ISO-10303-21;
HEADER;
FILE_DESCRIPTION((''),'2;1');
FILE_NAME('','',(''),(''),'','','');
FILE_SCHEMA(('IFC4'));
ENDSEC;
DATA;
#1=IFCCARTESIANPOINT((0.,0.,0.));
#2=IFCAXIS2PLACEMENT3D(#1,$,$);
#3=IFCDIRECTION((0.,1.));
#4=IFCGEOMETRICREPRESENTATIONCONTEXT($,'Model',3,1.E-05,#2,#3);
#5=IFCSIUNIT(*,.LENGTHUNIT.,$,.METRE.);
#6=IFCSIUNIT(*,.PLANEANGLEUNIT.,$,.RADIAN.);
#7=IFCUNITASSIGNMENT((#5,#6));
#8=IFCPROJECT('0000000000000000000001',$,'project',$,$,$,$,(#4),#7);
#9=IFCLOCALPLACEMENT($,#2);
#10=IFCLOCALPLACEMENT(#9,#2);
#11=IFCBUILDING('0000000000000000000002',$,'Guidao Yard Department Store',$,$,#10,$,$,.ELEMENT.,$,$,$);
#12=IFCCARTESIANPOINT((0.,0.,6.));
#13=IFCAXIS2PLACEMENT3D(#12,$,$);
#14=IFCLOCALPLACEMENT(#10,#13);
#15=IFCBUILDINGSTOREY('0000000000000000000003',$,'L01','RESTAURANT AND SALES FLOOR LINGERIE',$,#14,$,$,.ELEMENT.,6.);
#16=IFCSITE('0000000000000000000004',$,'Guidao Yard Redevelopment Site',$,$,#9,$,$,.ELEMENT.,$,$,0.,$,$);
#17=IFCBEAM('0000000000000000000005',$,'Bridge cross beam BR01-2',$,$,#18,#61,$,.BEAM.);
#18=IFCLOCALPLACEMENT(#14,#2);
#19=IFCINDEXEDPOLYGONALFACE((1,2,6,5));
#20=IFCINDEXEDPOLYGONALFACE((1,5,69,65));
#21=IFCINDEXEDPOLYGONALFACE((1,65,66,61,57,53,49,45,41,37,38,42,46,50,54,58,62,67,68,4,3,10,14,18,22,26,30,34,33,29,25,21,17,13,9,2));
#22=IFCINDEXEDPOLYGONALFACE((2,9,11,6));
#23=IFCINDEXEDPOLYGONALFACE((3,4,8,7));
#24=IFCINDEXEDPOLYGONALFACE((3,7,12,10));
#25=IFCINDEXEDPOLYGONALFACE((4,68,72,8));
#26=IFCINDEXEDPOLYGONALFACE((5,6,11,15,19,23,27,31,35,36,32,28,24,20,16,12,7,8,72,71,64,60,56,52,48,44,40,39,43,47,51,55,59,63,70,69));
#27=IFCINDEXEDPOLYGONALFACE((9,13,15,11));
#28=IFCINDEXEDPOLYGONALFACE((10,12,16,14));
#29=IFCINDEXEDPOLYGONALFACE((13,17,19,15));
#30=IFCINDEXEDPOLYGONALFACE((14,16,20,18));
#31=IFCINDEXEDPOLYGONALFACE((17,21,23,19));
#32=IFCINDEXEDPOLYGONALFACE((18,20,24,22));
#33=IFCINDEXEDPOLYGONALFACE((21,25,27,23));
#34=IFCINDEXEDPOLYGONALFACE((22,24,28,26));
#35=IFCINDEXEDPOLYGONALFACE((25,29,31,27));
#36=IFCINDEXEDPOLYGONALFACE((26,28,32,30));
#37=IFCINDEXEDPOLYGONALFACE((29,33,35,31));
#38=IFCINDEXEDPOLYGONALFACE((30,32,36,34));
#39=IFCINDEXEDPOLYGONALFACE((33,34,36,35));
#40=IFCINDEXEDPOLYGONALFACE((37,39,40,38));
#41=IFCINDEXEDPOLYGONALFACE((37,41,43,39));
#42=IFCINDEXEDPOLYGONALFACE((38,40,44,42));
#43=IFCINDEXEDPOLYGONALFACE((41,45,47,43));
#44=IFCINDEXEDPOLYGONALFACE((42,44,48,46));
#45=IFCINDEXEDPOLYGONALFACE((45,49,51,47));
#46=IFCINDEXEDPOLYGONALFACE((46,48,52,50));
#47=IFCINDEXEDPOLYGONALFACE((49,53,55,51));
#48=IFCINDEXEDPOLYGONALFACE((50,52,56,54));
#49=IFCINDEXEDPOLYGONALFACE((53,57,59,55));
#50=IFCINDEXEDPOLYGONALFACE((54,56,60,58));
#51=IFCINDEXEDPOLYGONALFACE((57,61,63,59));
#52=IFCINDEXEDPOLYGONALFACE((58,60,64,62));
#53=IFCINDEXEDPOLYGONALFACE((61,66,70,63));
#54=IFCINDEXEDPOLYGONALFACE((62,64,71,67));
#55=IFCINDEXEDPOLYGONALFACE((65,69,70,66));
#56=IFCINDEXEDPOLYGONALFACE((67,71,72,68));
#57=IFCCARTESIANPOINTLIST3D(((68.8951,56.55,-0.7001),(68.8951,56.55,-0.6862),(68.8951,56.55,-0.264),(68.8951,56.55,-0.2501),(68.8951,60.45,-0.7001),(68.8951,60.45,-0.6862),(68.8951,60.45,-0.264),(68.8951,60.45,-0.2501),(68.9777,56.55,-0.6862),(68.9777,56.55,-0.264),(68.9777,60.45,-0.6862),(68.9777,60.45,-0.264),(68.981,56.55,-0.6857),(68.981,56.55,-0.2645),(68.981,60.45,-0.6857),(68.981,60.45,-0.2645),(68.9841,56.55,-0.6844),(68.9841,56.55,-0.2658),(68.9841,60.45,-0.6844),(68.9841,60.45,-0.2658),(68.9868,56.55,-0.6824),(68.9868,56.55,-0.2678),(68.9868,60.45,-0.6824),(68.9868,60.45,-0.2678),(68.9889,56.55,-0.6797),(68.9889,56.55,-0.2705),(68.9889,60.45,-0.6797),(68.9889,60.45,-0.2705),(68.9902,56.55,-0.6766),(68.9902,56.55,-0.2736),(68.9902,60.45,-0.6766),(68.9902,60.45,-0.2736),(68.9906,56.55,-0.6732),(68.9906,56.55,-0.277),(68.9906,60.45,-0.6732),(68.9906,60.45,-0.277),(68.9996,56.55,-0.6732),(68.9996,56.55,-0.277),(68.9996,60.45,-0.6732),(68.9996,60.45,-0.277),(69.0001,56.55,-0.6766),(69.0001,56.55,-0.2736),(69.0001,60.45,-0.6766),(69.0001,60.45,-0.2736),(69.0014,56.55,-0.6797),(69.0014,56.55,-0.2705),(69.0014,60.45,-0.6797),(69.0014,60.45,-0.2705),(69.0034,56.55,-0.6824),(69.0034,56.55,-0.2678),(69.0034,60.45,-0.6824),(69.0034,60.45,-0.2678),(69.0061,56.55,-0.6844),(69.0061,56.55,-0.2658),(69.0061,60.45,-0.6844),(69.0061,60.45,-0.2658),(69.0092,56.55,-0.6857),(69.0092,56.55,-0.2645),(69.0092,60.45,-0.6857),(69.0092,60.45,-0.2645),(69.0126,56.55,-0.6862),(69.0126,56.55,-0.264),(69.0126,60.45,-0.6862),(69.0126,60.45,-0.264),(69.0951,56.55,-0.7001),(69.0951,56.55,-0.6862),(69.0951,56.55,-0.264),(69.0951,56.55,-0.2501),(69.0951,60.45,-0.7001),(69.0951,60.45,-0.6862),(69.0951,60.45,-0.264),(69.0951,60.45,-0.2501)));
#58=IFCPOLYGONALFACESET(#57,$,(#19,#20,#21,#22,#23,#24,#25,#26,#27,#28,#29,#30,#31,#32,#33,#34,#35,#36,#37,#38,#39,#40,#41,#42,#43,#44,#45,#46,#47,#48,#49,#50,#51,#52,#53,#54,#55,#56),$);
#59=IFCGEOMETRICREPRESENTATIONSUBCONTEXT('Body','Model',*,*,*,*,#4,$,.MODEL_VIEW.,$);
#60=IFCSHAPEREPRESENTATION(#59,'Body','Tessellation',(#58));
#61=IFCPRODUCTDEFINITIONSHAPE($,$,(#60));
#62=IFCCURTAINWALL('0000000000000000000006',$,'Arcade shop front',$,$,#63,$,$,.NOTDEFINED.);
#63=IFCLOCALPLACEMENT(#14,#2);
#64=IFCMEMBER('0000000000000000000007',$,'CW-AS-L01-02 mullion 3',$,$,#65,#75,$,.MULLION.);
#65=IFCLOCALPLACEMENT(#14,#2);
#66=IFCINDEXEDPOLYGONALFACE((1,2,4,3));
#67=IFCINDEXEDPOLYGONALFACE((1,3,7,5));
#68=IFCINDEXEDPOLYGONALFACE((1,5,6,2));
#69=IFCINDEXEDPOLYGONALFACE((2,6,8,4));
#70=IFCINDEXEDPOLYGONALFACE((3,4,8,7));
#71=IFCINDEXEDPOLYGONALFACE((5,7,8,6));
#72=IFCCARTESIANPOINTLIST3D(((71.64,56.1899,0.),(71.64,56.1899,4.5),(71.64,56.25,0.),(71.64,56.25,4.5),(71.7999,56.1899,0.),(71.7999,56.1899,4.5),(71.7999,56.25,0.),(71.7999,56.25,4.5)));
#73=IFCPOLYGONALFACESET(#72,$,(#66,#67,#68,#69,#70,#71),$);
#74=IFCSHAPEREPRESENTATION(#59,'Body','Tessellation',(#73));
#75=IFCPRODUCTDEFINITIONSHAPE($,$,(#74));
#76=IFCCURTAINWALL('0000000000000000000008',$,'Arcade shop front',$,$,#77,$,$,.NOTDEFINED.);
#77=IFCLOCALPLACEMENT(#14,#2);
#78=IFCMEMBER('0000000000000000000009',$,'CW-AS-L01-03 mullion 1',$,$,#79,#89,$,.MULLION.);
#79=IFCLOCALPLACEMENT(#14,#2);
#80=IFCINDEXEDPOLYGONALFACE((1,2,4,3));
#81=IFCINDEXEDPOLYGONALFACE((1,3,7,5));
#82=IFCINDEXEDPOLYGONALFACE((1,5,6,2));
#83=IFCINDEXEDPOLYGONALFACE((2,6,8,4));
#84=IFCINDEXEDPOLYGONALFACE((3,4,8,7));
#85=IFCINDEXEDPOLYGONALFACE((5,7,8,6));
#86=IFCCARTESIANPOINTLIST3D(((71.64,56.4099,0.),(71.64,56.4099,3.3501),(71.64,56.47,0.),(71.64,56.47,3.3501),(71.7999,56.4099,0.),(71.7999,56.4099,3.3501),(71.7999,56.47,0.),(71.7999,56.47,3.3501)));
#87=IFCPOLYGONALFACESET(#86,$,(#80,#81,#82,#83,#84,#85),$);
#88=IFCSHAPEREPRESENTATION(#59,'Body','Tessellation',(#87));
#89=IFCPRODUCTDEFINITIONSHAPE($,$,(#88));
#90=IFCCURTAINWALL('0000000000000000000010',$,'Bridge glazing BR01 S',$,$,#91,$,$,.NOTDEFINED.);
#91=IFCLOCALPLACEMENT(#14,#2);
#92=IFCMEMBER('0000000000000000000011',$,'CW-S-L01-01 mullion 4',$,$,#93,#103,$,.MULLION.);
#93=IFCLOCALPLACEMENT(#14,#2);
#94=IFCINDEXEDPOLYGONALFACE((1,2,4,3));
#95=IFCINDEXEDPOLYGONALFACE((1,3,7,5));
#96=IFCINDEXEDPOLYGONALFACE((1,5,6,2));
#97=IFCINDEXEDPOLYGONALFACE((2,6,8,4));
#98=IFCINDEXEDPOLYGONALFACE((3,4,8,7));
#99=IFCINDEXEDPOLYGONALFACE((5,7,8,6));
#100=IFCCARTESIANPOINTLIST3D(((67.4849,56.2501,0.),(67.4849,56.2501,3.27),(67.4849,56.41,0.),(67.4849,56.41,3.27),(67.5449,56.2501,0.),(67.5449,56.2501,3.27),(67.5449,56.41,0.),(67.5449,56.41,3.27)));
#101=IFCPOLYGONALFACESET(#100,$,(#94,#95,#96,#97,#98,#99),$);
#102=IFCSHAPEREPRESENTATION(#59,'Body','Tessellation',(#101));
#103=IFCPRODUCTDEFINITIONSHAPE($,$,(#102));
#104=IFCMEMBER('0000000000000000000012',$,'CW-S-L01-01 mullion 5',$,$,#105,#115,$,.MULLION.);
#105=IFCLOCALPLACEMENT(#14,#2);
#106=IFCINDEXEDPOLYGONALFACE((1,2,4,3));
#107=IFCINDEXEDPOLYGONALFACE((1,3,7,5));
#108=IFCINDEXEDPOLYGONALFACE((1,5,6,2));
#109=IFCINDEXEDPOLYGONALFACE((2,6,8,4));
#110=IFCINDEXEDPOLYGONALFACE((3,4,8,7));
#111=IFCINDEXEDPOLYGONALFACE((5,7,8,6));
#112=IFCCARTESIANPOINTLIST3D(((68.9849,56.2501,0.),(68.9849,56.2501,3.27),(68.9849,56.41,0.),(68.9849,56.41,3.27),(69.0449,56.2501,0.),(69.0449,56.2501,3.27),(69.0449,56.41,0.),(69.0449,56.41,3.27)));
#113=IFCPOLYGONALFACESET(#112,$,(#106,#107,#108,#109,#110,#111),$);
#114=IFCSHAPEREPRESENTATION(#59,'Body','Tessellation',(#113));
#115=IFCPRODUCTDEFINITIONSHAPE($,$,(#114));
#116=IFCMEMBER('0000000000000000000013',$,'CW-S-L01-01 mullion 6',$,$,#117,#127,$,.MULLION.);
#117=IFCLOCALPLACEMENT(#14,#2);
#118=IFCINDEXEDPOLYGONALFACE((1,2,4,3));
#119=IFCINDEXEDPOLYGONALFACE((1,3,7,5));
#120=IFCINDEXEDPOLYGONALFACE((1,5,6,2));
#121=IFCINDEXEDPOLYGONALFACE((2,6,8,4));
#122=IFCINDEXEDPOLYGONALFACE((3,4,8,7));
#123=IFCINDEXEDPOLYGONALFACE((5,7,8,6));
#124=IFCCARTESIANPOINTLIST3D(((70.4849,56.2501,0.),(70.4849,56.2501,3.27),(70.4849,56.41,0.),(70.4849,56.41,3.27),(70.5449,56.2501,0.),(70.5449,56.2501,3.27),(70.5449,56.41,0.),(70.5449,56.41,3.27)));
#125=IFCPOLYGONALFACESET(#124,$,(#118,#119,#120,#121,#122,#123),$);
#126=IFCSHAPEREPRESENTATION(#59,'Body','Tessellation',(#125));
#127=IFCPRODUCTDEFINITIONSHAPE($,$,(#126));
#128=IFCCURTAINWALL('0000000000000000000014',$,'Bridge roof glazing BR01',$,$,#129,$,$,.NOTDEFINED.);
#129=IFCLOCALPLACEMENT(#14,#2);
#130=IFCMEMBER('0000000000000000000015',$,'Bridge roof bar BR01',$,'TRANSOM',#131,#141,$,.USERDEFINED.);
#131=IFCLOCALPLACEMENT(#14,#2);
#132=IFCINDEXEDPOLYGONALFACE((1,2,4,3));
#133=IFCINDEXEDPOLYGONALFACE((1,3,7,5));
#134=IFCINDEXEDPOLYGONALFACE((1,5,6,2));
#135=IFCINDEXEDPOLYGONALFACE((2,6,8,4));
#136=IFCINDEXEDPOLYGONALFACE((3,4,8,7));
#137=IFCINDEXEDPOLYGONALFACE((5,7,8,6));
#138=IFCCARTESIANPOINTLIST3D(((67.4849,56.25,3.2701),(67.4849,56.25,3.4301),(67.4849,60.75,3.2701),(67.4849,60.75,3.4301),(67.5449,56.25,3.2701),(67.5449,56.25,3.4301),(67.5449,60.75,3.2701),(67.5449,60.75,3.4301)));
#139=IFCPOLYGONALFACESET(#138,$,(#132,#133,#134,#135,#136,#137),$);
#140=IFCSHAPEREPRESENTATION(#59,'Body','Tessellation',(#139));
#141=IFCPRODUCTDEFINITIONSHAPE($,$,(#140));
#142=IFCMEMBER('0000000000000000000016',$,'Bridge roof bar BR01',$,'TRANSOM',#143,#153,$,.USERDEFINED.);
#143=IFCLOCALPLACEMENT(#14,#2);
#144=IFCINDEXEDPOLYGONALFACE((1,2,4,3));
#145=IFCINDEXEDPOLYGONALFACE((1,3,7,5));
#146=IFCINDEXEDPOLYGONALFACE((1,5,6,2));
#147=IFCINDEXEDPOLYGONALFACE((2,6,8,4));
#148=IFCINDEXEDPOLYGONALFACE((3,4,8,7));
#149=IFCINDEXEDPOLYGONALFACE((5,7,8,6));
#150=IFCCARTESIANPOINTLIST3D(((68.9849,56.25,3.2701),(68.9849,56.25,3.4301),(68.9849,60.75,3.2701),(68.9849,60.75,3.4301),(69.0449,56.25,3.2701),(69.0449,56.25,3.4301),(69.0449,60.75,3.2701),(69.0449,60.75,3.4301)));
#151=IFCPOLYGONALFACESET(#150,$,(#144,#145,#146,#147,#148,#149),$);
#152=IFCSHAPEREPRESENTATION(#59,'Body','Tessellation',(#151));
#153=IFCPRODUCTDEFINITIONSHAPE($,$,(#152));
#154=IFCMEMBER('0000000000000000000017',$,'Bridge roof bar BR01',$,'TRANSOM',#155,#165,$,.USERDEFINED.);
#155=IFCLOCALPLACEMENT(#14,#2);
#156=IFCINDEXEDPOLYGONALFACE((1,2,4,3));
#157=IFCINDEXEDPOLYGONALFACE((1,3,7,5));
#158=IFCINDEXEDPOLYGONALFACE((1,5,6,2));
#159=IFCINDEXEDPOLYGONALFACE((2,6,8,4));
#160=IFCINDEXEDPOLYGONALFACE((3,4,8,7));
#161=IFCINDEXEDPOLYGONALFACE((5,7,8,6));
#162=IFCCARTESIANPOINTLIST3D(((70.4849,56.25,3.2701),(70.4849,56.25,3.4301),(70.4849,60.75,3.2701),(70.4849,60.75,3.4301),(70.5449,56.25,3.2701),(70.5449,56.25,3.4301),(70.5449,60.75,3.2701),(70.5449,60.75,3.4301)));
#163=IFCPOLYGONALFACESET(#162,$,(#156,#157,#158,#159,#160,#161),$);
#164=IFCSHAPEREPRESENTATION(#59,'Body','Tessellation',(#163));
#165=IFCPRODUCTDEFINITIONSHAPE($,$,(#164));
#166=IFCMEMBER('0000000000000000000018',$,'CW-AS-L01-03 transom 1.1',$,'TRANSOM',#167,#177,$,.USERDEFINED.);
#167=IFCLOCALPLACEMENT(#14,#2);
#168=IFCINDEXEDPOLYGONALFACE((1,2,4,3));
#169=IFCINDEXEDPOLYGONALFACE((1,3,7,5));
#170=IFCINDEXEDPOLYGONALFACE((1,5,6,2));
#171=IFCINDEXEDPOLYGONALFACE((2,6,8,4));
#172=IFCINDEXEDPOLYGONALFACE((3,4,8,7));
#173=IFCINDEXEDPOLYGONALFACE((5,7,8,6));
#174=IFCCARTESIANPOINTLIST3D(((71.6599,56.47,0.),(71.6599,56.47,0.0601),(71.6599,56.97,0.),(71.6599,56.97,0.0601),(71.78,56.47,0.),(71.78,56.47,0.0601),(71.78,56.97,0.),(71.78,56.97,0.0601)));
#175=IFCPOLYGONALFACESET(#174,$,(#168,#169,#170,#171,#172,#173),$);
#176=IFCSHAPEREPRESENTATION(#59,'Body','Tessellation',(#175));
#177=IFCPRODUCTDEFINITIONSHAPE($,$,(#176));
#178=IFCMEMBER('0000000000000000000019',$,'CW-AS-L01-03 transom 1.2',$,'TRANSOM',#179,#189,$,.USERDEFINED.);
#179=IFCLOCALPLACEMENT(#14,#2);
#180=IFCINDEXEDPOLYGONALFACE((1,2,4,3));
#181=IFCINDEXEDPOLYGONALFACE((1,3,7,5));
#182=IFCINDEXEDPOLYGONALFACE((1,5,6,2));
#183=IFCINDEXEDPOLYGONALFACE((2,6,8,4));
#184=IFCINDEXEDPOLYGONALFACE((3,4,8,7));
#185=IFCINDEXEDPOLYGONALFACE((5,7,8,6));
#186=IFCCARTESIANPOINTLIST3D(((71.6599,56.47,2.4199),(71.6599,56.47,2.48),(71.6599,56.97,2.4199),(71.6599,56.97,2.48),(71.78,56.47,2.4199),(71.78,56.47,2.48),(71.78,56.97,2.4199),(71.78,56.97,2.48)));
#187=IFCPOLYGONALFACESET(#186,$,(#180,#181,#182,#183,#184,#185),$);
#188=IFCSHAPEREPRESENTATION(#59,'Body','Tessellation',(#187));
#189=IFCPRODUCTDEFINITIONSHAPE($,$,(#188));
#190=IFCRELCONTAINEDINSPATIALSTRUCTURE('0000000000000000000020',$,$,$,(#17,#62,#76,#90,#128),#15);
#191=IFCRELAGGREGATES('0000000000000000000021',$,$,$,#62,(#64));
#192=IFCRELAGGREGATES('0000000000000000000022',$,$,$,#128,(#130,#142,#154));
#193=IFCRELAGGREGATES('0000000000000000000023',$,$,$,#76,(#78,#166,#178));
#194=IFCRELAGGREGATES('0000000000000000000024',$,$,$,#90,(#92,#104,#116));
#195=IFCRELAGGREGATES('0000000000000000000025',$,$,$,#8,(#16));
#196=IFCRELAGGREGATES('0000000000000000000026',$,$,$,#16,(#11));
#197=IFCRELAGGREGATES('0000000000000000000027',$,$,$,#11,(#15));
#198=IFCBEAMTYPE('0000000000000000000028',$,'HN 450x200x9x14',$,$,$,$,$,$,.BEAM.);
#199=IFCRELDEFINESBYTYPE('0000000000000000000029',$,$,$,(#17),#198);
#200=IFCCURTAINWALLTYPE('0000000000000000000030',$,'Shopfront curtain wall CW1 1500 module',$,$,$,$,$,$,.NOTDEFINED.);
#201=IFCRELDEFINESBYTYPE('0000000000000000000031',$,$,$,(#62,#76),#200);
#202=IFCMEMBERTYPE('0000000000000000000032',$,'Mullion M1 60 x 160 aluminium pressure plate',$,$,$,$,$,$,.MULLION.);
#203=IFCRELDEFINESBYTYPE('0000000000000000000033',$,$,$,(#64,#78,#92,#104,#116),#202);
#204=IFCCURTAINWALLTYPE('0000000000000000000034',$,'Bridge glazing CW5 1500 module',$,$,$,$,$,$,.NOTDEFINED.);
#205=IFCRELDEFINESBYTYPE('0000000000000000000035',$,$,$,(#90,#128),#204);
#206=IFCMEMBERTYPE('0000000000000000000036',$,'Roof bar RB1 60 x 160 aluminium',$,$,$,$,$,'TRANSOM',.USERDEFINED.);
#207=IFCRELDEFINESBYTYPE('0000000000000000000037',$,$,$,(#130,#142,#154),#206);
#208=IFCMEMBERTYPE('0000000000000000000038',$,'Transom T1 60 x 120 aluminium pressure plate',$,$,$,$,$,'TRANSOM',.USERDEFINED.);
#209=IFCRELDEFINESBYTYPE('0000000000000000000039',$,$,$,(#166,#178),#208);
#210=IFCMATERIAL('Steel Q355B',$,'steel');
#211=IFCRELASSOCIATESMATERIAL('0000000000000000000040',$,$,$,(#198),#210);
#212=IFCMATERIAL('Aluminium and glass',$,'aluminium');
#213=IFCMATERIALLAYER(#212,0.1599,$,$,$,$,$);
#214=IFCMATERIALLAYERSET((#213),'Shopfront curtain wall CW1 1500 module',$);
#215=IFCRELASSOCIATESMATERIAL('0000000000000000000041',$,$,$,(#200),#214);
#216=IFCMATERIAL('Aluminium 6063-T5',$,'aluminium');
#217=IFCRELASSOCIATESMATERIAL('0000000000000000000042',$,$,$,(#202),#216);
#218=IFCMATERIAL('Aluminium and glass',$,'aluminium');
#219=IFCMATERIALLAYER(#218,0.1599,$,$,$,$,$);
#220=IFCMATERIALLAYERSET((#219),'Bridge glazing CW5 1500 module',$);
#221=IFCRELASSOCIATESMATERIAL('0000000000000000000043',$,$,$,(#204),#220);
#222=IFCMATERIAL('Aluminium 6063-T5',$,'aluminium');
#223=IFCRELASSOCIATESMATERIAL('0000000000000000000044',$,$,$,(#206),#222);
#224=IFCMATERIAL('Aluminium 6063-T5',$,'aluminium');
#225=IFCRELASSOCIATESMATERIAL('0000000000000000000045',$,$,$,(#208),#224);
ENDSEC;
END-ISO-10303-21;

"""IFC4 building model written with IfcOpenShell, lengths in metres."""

from ifc_helpers import new_model, si_unit, direction, frame, origin, origin_2d, place, context, subcontext, project, spatial, rectangle, i_section, extrude, material, layer, layer_set, material_profile, profile_set, type_object, element, aggregate, save


model = new_model("IFC4")

# Units and contexts
model_context = context("Model", 3, precision=1e-05, world=origin(), true_north=direction((0.0, 1.0)))
body_context = subcontext(model_context, "Body", "Model", "MODEL_VIEW")
ifc_project = project(units=[si_unit("LENGTHUNIT", "METRE"), si_unit("PLANEANGLEUNIT", "RADIAN")], contexts=[model_context])

# Site, building, storey
site_placement = place(None, origin())
site = spatial("IfcSite", under=ifc_project, at=site_placement, Name="Guidao Yard Redevelopment Site", CompositionType="ELEMENT", RefElevation=0.0)
building_placement = place(site_placement, origin())
building = spatial("IfcBuilding", under=site, at=building_placement, Name="Guidao Yard Department Store", CompositionType="ELEMENT")
storey_placement = place(building_placement, frame((0.0, 0.0, 6.0)))
storey = spatial("IfcBuildingStorey", under=building, at=storey_placement, Name="L01", Description="RESTAURANT AND SALES FLOOR LINGERIE", CompositionType="ELEMENT", Elevation=6.0)

# Beam
ifc_material_1 = material(Name="Steel Q355B", Category="steel")
ifc_material_profile_1 = material_profile(ifc_material_1, i_section(OverallWidth=0.2, OverallDepth=0.45, WebThickness=0.009, FlangeThickness=0.0139, FilletRadius=0.0129, at=origin_2d()), Name="HN 450x200x9x14")
ifc_profile_set_1 = profile_set([ifc_material_profile_1], Name="Steel Q355B")
beam_type = type_object("IfcBeamType", Name="HN 450x200x9x14", PredefinedType="BEAM", material=ifc_profile_set_1)
beam_placement = place(storey_placement, frame((68.9951, 56.55, -0.4751), z_axis=(0.0, 1.0, 0.0), x_axis=(-1.0, 0.0, 0.0)))
element("IfcBeam", 1, at=beam_placement, inside=storey, type_object=beam_type, Name="Bridge cross beam BR01-2", PredefinedType="BEAM", context=body_context, shape_type="SweptSolid", body=[
    extrude(i_section(OverallWidth=0.2, OverallDepth=0.45, WebThickness=0.009, FlangeThickness=0.0139, FilletRadius=0.0129, at=origin_2d()), origin(), (0.0, 0.0, 1.0), 3.8999),
])

# Curtain walls, members
ifc_material_2 = material(Name="Aluminium and glass", Category="aluminium")
ifc_layer_1 = layer(ifc_material_2, 0.1599)
ifc_layer_set_1 = layer_set([ifc_layer_1], Name="Shopfront curtain wall CW1 1500 module")
curtain_wall_type_1 = type_object("IfcCurtainWallType", Name="Shopfront curtain wall CW1 1500 module", PredefinedType="NOTDEFINED", material=ifc_layer_set_1)
curtain_wall_1_placement = place(storey_placement, origin())
curtain_wall_1 = element("IfcCurtainWall", 2, at=curtain_wall_1_placement, inside=storey, type_object=curtain_wall_type_1, Name="Arcade shop front", PredefinedType="NOTDEFINED")
ifc_material_3 = material(Name="Aluminium 6063-T5", Category="aluminium")
ifc_material_profile_2 = material_profile(ifc_material_3, rectangle(XDim=0.0601, YDim=0.1599, at=origin_2d()), Name="Mullion M1 60 x 160 aluminium pressure plate")
ifc_profile_set_2 = profile_set([ifc_material_profile_2], Name="Aluminium 6063-T5")
member_type_1 = type_object("IfcMemberType", Name="Mullion M1 60 x 160 aluminium pressure plate", PredefinedType="MULLION", material=ifc_profile_set_2)
member_1_placement = place(storey_placement, frame((71.72, 56.22, 0.0), z_axis=(0.0, 0.0, 1.0), x_axis=(0.0, 1.0, 0.0)))
member_1 = element("IfcMember", 3, at=member_1_placement, type_object=member_type_1, Name="CW-AS-L01-02 mullion 3", PredefinedType="MULLION", context=body_context, shape_type="SweptSolid", body=[
    extrude(rectangle(XDim=0.0601, YDim=0.1599, at=origin_2d()), origin(), (0.0, 0.0, 1.0), 4.5),
])
aggregate(curtain_wall_1, [member_1])
curtain_wall_2_placement = place(storey_placement, origin())
curtain_wall_2 = element("IfcCurtainWall", 4, at=curtain_wall_2_placement, inside=storey, type_object=curtain_wall_type_1, Name="Arcade shop front", PredefinedType="NOTDEFINED")
member_2_placement = place(storey_placement, frame((71.72, 56.4399, 0.0), z_axis=(0.0, 0.0, 1.0), x_axis=(0.0, 1.0, 0.0)))
member_2 = element("IfcMember", 5, at=member_2_placement, type_object=member_type_1, Name="CW-AS-L01-03 mullion 1", PredefinedType="MULLION", context=body_context, shape_type="SweptSolid", body=[
    extrude(rectangle(XDim=0.0601, YDim=0.1599, at=origin_2d()), origin(), (0.0, 0.0, 1.0), 3.3501),
])

# Curtain walls, members
ifc_material_4 = material(Name="Aluminium and glass", Category="aluminium")
ifc_layer_2 = layer(ifc_material_4, 0.1599)
ifc_layer_set_2 = layer_set([ifc_layer_2], Name="Bridge glazing CW5 1500 module")
curtain_wall_type_2 = type_object("IfcCurtainWallType", Name="Bridge glazing CW5 1500 module", PredefinedType="NOTDEFINED", material=ifc_layer_set_2)
curtain_wall_3_placement = place(storey_placement, origin())
curtain_wall_3 = element("IfcCurtainWall", 6, at=curtain_wall_3_placement, inside=storey, type_object=curtain_wall_type_2, Name="Bridge glazing BR01 S", PredefinedType="NOTDEFINED")
member_3_placement = place(storey_placement, frame((67.5149, 56.3301, 0.0), z_axis=(0.0, 0.0, 1.0), x_axis=(-1.0, 0.0, 0.0)))
member_3 = element("IfcMember", 7, at=member_3_placement, type_object=member_type_1, Name="CW-S-L01-01 mullion 4", PredefinedType="MULLION", context=body_context, shape_type="SweptSolid", body=[
    extrude(rectangle(XDim=0.0601, YDim=0.1599, at=origin_2d()), origin(), (0.0, 0.0, 1.0), 3.27),
])
member_4_placement = place(storey_placement, frame((69.0149, 56.3301, 0.0), z_axis=(0.0, 0.0, 1.0), x_axis=(-1.0, 0.0, 0.0)))
member_4 = element("IfcMember", 8, at=member_4_placement, type_object=member_type_1, Name="CW-S-L01-01 mullion 5", PredefinedType="MULLION", context=body_context, shape_type="SweptSolid", body=[
    extrude(rectangle(XDim=0.0601, YDim=0.1599, at=origin_2d()), origin(), (0.0, 0.0, 1.0), 3.27),
])
member_5_placement = place(storey_placement, frame((70.5149, 56.3301, 0.0), z_axis=(0.0, 0.0, 1.0), x_axis=(-1.0, 0.0, 0.0)))
member_5 = element("IfcMember", 9, at=member_5_placement, type_object=member_type_1, Name="CW-S-L01-01 mullion 6", PredefinedType="MULLION", context=body_context, shape_type="SweptSolid", body=[
    extrude(rectangle(XDim=0.0601, YDim=0.1599, at=origin_2d()), origin(), (0.0, 0.0, 1.0), 3.27),
])
curtain_wall_4_placement = place(storey_placement, origin())
curtain_wall_4 = element("IfcCurtainWall", 10, at=curtain_wall_4_placement, inside=storey, type_object=curtain_wall_type_2, Name="Bridge roof glazing BR01", PredefinedType="NOTDEFINED")
ifc_material_5 = material(Name="Aluminium 6063-T5", Category="aluminium")
ifc_material_profile_3 = material_profile(ifc_material_5, rectangle(XDim=0.0601, YDim=0.1599, at=origin_2d()), Name="Roof bar RB1 60 x 160 aluminium")
ifc_profile_set_3 = profile_set([ifc_material_profile_3], Name="Aluminium 6063-T5")
member_type_2 = type_object("IfcMemberType", Name="Roof bar RB1 60 x 160 aluminium", ElementType="TRANSOM", PredefinedType="USERDEFINED", material=ifc_profile_set_3)
member_6_placement = place(storey_placement, frame((67.5149, 56.25, 3.3501), z_axis=(0.0, 1.0, 0.0), x_axis=(-1.0, 0.0, 0.0)))
member_6 = element("IfcMember", 11, at=member_6_placement, type_object=member_type_2, Name="Bridge roof bar BR01", ObjectType="TRANSOM", PredefinedType="USERDEFINED", context=body_context, shape_type="SweptSolid", body=[
    extrude(rectangle(XDim=0.0601, YDim=0.1599, at=origin_2d()), origin(), (0.0, 0.0, 1.0), 4.5),
])
member_7_placement = place(storey_placement, frame((69.0149, 56.25, 3.3501), z_axis=(0.0, 1.0, 0.0), x_axis=(-1.0, 0.0, 0.0)))
member_7 = element("IfcMember", 12, at=member_7_placement, type_object=member_type_2, Name="Bridge roof bar BR01", ObjectType="TRANSOM", PredefinedType="USERDEFINED", context=body_context, shape_type="SweptSolid", body=[
    extrude(rectangle(XDim=0.0601, YDim=0.1599, at=origin_2d()), origin(), (0.0, 0.0, 1.0), 4.5),
])
member_8_placement = place(storey_placement, frame((70.5149, 56.25, 3.3501), z_axis=(0.0, 1.0, 0.0), x_axis=(-1.0, 0.0, 0.0)))
member_8 = element("IfcMember", 13, at=member_8_placement, type_object=member_type_2, Name="Bridge roof bar BR01", ObjectType="TRANSOM", PredefinedType="USERDEFINED", context=body_context, shape_type="SweptSolid", body=[
    extrude(rectangle(XDim=0.0601, YDim=0.1599, at=origin_2d()), origin(), (0.0, 0.0, 1.0), 4.5),
])
aggregate(curtain_wall_4, [member_6, member_7, member_8])

# Members
ifc_material_6 = material(Name="Aluminium 6063-T5", Category="aluminium")
ifc_material_profile_4 = material_profile(ifc_material_6, rectangle(XDim=0.1201, YDim=0.0601, at=origin_2d()), Name="Transom T1 60 x 120 aluminium pressure plate")
ifc_profile_set_4 = profile_set([ifc_material_profile_4], Name="Aluminium 6063-T5")
member_type_3 = type_object("IfcMemberType", Name="Transom T1 60 x 120 aluminium pressure plate", ElementType="TRANSOM", PredefinedType="USERDEFINED", material=ifc_profile_set_4)
member_9_placement = place(storey_placement, frame((71.72, 56.47, 0.03), z_axis=(0.0, 1.0, 0.0), x_axis=(-1.0, 0.0, 0.0)))
member_9 = element("IfcMember", 14, at=member_9_placement, type_object=member_type_3, Name="CW-AS-L01-03 transom 1.1", ObjectType="TRANSOM", PredefinedType="USERDEFINED", context=body_context, shape_type="SweptSolid", body=[
    extrude(rectangle(XDim=0.1201, YDim=0.0601, at=origin_2d()), origin(), (0.0, 0.0, 1.0), 0.5),
])
member_10_placement = place(storey_placement, frame((71.72, 56.47, 2.45), z_axis=(0.0, 1.0, 0.0), x_axis=(-1.0, 0.0, 0.0)))
member_10 = element("IfcMember", 15, at=member_10_placement, type_object=member_type_3, Name="CW-AS-L01-03 transom 1.2", ObjectType="TRANSOM", PredefinedType="USERDEFINED", context=body_context, shape_type="SweptSolid", body=[
    extrude(rectangle(XDim=0.1201, YDim=0.0601, at=origin_2d()), origin(), (0.0, 0.0, 1.0), 0.5),
])
aggregate(curtain_wall_2, [member_2, member_9, member_10])

aggregate(curtain_wall_3, [member_3, member_4, member_5])

save(model, "model.ifc")
